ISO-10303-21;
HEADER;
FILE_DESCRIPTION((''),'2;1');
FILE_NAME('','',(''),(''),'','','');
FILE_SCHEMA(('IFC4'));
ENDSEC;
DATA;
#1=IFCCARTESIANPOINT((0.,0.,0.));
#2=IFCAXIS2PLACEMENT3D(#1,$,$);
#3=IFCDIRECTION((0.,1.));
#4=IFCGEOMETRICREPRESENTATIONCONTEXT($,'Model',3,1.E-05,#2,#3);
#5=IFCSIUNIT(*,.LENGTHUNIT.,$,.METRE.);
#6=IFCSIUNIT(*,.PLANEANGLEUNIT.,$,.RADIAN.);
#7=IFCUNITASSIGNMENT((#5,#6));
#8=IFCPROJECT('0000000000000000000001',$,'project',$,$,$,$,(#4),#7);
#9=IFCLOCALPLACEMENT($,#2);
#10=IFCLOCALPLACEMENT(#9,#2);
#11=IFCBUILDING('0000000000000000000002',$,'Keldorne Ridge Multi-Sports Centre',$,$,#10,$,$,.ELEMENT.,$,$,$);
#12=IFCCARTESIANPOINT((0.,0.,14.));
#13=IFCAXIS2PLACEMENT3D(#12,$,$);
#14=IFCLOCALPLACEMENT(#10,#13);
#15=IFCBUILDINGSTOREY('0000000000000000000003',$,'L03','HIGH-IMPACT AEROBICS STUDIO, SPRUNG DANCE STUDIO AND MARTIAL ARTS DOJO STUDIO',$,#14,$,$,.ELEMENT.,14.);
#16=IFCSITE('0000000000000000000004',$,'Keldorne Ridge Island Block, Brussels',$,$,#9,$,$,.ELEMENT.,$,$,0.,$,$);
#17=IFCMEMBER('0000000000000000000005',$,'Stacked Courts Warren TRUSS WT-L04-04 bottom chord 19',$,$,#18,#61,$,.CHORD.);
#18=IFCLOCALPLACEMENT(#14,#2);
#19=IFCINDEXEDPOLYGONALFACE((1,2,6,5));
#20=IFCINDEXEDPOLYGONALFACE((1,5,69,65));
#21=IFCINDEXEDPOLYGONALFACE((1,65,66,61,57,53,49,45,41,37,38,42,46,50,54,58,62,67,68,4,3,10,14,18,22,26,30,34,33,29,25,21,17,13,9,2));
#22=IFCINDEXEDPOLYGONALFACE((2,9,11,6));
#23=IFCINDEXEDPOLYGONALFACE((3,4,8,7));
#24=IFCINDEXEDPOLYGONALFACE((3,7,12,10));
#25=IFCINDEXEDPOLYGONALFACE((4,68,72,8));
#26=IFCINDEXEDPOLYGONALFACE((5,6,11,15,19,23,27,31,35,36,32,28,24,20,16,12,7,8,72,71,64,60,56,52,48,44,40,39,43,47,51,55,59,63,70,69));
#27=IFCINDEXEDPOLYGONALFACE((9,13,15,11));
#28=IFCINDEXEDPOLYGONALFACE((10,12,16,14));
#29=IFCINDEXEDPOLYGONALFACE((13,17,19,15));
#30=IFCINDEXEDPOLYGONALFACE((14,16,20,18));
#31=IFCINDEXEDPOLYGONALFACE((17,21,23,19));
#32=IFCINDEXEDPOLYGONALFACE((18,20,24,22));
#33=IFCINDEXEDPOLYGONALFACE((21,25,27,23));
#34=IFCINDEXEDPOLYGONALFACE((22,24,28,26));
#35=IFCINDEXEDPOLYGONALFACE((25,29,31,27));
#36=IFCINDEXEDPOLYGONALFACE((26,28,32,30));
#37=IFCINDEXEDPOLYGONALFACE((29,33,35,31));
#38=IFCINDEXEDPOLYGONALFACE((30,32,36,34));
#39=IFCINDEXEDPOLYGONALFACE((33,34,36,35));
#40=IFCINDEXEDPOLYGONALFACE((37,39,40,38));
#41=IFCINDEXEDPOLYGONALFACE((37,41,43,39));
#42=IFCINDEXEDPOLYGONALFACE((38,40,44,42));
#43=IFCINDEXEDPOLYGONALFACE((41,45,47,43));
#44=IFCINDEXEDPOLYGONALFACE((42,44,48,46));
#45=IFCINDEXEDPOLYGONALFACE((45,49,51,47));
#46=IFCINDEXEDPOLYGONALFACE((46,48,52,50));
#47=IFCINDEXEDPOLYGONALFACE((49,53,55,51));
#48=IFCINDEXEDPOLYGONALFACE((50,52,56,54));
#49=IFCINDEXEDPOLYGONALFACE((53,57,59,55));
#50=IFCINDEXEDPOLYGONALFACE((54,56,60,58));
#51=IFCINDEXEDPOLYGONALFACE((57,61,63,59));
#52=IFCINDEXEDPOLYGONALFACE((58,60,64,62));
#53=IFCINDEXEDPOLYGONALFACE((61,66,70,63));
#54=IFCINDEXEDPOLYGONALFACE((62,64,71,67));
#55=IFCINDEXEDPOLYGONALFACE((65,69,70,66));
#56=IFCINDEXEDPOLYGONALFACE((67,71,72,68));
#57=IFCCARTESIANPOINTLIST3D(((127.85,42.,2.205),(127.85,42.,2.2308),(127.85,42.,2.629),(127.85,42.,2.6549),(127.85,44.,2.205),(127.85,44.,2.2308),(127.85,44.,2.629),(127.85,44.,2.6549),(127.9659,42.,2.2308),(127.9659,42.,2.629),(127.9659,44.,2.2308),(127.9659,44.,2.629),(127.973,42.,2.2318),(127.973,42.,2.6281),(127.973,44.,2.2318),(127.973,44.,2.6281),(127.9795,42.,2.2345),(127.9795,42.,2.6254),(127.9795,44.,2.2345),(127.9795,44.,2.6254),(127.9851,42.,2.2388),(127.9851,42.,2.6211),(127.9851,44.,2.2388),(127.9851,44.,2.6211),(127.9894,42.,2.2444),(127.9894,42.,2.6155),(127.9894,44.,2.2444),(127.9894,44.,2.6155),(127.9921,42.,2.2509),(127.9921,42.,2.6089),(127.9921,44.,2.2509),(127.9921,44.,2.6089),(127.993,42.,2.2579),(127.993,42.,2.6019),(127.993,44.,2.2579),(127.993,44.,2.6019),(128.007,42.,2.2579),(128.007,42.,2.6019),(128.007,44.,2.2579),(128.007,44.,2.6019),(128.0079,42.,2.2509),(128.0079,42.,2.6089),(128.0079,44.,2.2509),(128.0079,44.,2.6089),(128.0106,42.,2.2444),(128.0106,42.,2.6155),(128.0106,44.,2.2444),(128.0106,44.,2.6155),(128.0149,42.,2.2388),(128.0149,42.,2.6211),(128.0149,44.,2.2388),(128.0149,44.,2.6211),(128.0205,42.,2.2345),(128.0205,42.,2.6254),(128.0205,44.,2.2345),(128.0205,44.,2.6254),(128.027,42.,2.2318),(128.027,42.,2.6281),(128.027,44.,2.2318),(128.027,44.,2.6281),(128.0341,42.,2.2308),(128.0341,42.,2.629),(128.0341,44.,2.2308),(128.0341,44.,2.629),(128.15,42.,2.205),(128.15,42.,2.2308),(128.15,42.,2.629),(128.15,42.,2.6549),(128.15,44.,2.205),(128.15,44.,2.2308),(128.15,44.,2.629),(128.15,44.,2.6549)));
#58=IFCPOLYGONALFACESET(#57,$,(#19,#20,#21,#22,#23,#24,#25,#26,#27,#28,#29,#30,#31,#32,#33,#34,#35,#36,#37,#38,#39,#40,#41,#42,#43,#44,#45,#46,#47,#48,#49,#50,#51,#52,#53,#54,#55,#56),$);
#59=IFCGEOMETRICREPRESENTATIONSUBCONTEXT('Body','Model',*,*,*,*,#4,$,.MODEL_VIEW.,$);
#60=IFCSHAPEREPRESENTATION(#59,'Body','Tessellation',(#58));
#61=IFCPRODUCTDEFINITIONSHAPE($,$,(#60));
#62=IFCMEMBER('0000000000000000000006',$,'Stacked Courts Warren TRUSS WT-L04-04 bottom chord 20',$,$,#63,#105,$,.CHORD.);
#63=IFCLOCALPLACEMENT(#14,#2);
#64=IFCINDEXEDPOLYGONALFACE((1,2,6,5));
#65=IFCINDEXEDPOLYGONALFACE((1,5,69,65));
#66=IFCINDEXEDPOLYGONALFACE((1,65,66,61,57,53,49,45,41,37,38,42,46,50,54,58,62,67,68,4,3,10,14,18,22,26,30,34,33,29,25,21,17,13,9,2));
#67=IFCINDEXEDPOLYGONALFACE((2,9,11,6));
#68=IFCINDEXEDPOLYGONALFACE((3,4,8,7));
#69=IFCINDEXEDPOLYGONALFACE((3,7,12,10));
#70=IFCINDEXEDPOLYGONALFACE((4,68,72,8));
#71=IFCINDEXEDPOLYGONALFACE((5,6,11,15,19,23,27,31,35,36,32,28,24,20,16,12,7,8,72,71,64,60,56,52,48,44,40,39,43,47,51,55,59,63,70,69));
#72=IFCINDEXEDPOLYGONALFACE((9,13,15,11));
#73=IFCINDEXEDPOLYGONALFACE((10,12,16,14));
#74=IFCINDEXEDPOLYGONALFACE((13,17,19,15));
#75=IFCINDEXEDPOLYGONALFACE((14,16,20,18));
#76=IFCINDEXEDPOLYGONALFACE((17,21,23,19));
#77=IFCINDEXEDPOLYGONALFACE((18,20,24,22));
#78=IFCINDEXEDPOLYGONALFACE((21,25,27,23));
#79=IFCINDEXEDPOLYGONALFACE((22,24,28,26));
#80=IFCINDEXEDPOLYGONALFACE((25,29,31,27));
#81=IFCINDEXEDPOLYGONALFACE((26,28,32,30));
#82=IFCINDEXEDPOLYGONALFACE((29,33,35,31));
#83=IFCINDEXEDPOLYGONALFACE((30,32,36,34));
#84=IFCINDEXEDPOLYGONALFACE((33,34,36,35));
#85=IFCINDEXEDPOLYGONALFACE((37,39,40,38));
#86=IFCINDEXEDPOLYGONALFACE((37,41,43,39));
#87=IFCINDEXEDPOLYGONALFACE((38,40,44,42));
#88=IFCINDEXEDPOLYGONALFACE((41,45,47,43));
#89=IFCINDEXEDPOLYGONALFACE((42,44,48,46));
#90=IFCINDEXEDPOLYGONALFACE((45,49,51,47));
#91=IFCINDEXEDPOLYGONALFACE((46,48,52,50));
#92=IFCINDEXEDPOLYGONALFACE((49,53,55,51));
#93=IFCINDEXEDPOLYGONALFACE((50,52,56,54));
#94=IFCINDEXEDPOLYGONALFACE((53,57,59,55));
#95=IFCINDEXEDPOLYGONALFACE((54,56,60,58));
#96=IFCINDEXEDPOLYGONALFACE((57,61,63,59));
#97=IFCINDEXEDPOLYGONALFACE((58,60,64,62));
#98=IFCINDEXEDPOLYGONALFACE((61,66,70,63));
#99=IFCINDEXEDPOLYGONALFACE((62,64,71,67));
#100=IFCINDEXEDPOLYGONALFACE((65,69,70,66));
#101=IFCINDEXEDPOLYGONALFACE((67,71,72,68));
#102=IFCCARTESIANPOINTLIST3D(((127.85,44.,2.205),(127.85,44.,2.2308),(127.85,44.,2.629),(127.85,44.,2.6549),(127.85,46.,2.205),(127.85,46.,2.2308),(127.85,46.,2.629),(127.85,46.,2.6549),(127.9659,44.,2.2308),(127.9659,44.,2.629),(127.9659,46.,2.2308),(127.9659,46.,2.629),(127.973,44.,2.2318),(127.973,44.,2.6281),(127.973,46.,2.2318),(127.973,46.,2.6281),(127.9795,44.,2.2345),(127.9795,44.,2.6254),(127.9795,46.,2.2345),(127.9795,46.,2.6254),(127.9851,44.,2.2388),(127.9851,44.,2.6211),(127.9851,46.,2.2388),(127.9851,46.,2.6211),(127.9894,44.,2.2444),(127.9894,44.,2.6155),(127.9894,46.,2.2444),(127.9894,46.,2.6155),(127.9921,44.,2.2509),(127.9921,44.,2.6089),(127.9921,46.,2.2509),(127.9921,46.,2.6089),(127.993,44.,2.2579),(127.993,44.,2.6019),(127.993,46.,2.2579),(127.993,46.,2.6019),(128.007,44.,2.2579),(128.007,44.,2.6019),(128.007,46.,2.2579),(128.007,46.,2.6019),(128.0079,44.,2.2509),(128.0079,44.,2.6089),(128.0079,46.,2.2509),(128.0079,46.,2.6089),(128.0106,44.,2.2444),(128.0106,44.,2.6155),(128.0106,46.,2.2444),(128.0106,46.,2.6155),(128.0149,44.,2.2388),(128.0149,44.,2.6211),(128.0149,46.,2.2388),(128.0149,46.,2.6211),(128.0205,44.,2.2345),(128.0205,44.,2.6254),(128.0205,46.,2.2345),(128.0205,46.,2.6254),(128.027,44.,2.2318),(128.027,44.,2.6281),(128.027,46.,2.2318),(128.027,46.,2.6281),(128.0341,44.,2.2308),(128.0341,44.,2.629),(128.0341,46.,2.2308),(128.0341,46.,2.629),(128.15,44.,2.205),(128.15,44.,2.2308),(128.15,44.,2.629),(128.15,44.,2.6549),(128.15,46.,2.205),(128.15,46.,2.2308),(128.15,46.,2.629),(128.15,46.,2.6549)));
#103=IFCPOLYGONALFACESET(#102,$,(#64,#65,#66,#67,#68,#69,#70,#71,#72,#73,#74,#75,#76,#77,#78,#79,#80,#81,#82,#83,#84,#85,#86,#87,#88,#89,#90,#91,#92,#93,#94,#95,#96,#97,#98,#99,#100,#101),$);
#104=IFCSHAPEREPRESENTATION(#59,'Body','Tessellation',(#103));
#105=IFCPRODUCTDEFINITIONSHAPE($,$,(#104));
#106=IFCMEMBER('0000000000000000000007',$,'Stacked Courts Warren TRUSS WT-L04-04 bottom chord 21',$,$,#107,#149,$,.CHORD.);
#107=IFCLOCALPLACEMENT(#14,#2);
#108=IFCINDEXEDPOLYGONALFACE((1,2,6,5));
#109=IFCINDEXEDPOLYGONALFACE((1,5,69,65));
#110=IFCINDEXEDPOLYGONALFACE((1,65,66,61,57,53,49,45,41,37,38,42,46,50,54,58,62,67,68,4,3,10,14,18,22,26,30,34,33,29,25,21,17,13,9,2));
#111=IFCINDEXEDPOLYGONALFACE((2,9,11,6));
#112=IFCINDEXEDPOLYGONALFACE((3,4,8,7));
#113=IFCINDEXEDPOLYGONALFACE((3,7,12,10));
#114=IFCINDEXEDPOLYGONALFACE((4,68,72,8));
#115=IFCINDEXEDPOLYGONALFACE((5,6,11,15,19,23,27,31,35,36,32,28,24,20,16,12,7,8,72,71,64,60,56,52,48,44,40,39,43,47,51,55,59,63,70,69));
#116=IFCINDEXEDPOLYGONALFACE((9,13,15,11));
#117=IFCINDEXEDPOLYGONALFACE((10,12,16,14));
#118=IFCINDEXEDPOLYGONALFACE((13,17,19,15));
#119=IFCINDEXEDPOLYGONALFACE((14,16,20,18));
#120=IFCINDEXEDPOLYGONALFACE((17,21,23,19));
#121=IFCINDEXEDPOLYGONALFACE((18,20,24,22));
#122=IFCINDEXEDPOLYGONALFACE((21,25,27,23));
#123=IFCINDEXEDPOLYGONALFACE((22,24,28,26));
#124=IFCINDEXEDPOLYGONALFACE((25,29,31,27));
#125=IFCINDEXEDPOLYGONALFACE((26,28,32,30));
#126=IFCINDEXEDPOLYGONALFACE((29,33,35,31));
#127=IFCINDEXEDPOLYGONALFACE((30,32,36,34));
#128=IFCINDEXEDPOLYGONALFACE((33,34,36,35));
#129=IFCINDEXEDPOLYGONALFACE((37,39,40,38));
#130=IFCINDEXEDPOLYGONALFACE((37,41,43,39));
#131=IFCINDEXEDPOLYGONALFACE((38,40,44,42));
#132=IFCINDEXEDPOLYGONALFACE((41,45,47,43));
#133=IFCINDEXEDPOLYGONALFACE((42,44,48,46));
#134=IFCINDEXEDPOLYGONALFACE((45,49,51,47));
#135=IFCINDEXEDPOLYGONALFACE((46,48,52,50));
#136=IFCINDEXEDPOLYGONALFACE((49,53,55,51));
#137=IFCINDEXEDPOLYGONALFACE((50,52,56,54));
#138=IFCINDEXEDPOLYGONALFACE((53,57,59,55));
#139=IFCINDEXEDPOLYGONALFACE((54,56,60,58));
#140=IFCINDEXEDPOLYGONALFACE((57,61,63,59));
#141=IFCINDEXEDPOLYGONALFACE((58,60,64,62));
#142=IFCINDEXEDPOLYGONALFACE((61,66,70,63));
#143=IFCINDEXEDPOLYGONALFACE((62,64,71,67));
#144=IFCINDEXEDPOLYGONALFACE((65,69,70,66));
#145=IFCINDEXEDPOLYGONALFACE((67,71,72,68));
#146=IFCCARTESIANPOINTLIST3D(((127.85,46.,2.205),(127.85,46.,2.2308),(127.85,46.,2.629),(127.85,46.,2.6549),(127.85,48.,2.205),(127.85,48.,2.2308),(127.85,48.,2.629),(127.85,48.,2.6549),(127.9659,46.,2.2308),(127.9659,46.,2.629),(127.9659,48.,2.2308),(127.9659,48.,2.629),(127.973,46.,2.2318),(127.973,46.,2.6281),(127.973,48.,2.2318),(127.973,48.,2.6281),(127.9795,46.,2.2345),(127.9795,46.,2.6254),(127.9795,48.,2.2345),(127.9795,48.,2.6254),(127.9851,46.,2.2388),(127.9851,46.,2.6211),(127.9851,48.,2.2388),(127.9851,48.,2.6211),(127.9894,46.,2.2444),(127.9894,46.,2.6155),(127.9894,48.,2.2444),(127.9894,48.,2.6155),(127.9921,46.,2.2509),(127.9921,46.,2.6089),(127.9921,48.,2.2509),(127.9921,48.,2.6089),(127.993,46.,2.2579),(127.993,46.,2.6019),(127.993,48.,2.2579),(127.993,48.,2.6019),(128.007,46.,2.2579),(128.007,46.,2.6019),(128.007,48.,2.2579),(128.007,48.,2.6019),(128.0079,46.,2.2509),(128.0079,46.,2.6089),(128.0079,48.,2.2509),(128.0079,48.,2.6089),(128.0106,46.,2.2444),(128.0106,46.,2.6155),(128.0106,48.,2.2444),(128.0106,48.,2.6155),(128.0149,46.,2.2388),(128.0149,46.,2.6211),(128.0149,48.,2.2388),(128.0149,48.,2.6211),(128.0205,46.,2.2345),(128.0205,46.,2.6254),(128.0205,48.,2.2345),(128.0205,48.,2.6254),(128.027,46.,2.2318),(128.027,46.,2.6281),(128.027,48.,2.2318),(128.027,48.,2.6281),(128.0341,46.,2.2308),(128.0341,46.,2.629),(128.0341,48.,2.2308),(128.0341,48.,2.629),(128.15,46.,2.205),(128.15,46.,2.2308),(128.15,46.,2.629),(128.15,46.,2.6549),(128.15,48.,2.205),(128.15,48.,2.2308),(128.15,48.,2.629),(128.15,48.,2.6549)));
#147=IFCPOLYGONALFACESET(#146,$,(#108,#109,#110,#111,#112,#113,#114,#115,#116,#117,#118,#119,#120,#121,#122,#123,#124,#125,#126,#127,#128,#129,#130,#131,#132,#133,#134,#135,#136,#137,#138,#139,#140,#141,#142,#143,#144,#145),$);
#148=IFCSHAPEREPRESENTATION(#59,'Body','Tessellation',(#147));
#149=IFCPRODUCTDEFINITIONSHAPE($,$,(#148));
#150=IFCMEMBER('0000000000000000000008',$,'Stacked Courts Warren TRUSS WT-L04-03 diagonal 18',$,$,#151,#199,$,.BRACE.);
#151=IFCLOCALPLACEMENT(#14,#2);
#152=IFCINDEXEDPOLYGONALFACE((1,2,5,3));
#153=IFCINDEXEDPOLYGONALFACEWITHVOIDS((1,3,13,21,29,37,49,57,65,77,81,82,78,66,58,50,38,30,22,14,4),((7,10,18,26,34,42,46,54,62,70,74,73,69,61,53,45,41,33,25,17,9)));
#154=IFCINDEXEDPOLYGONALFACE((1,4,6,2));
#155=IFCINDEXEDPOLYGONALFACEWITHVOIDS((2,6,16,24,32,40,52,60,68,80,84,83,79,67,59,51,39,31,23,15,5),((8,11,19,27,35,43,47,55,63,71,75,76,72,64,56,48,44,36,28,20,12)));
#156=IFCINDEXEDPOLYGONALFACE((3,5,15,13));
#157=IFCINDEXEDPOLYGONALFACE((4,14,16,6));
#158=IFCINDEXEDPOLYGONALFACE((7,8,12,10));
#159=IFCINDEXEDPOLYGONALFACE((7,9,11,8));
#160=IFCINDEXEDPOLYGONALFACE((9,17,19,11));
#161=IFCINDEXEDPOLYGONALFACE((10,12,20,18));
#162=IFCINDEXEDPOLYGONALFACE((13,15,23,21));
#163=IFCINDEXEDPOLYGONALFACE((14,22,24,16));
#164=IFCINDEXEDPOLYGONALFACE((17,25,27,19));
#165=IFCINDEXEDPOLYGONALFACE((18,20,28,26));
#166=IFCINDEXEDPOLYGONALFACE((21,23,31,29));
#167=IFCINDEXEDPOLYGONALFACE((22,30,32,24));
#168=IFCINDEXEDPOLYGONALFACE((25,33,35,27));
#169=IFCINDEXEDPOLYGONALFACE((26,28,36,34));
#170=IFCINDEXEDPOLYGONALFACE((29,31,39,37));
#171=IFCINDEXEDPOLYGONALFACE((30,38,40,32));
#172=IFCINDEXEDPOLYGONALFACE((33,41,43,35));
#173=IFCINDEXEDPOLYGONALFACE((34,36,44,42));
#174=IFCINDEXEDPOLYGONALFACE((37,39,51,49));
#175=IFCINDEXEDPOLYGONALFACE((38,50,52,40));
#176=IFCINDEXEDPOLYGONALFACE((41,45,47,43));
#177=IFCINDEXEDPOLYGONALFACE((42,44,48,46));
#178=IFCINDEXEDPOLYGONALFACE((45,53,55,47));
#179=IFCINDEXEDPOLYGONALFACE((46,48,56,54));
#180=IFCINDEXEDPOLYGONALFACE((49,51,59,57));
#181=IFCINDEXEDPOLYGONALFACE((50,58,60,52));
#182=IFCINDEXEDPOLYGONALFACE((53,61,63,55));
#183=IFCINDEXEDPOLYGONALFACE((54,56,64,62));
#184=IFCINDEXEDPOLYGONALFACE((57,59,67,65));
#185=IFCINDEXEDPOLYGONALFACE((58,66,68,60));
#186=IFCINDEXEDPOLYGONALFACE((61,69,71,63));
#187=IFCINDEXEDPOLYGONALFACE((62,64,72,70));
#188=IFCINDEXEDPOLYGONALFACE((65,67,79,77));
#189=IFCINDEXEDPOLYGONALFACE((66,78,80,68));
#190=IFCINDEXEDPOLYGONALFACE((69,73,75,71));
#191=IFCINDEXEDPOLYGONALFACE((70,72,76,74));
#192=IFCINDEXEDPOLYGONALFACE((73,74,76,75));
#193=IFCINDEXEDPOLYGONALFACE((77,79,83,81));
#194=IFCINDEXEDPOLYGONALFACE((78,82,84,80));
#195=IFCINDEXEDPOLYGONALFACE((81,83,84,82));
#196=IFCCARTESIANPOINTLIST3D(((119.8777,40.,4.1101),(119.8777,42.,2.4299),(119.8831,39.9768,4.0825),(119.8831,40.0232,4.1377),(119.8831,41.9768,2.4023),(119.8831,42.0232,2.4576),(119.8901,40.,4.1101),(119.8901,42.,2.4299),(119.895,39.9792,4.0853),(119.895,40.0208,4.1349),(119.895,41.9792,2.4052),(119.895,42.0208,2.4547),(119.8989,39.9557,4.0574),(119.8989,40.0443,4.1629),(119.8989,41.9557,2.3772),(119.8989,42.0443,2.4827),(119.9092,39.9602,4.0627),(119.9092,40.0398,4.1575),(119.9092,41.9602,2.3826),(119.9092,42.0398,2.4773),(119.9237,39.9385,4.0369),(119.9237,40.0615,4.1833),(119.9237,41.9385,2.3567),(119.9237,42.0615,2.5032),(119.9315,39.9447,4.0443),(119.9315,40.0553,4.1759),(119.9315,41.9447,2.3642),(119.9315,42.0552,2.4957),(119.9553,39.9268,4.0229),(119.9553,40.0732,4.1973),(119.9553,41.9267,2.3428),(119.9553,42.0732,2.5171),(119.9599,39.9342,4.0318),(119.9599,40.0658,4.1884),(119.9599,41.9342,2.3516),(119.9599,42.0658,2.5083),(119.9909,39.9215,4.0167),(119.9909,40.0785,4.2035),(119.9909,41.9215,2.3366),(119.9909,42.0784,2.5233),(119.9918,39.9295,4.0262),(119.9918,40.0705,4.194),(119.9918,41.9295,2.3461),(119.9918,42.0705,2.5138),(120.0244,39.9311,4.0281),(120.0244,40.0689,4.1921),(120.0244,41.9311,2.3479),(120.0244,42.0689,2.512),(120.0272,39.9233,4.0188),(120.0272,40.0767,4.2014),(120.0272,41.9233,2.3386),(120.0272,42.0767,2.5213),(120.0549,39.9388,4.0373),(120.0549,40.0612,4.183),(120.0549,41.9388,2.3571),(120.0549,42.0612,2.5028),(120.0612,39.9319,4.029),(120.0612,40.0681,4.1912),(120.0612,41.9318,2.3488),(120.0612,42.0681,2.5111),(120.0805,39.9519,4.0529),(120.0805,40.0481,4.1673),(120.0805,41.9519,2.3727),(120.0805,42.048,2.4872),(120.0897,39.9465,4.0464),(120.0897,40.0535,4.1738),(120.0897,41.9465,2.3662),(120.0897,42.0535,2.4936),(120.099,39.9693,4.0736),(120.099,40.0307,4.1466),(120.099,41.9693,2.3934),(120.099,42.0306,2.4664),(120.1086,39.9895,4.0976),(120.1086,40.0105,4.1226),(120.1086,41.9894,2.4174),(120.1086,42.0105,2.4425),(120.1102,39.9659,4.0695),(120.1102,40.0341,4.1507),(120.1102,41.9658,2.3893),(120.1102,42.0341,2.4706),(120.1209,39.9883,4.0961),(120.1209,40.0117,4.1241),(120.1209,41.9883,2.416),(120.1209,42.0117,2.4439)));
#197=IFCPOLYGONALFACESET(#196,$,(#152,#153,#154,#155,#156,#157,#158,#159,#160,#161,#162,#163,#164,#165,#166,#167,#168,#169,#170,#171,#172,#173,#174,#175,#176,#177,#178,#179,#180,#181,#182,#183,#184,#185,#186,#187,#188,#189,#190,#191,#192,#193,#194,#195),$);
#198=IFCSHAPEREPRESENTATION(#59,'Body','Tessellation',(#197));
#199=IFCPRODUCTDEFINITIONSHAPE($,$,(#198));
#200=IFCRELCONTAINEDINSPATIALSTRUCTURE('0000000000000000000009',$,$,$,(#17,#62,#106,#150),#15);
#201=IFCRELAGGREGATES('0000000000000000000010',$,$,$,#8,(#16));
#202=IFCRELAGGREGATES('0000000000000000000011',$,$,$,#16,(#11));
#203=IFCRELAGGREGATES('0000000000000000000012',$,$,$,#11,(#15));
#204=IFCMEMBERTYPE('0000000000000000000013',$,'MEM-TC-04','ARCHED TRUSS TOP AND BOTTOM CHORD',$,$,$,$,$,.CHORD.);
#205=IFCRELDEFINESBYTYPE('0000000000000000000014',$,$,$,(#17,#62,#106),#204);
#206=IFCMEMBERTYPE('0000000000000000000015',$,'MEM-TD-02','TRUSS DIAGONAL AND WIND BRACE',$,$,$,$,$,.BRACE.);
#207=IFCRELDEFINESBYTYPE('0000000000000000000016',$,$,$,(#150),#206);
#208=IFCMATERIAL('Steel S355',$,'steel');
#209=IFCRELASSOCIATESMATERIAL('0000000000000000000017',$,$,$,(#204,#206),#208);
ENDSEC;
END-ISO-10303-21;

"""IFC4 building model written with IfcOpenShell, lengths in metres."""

from ifc_helpers import new_model, si_unit, direction, frame, origin, origin_2d, place, context, subcontext, project, spatial, hollow_circle, i_section, extrude, material, material_profile, profile_set, type_object, element, save


model = new_model("IFC4")

# Units and contexts
model_context = context("Model", 3, precision=1e-05, world=origin(), true_north=direction((0.0, 1.0)))
body_context = subcontext(model_context, "Body", "Model", "MODEL_VIEW")
ifc_project = project(units=[si_unit("LENGTHUNIT", "METRE"), si_unit("PLANEANGLEUNIT", "RADIAN")], contexts=[model_context])

# Site, building, storey
site_placement = place(None, origin())
site = spatial("IfcSite", under=ifc_project, at=site_placement, Name="Keldorne Ridge Island Block, Brussels", CompositionType="ELEMENT", RefElevation=0.0)
building_placement = place(site_placement, origin())
building = spatial("IfcBuilding", under=site, at=building_placement, Name="Keldorne Ridge Multi-Sports Centre", CompositionType="ELEMENT")
storey_placement = place(building_placement, frame((0.0, 0.0, 14.0)))
storey = spatial("IfcBuildingStorey", under=building, at=storey_placement, Name="L03", Description="HIGH-IMPACT AEROBICS STUDIO, SPRUNG DANCE STUDIO AND MARTIAL ARTS DOJO STUDIO", CompositionType="ELEMENT", Elevation=14.0)

# Members
ifc_material = material(Name="Steel S355", Category="steel")
ifc_material_profile_1 = material_profile(ifc_material, i_section(OverallWidth=0.3, OverallDepth=0.45, WebThickness=0.0139, FlangeThickness=0.0259, FilletRadius=0.0271, at=origin_2d()), Name="HEB 450")
ifc_profile_set_1 = profile_set([ifc_material_profile_1], Name="Steel S355")
member_type_1 = type_object("IfcMemberType", Name="MEM-TC-04", Description="ARCHED TRUSS TOP AND BOTTOM CHORD", PredefinedType="CHORD", material=ifc_profile_set_1)
for number, where, z_axis, x_axis, name in (
    (1, (128.0, 42.0, 2.4299), (0.0, 1.0, 0.0), (-1.0, 0.0, 0.0), "Stacked Courts Warren TRUSS WT-L04-04 bottom chord 19"),
    (2, (128.0, 44.0, 2.4299), (0.0, 1.0, 0.0), (-1.0, 0.0, 0.0), "Stacked Courts Warren TRUSS WT-L04-04 bottom chord 20"),
    (3, (128.0, 46.0, 2.4299), (0.0, 1.0, 0.0), (-1.0, 0.0, 0.0), "Stacked Courts Warren TRUSS WT-L04-04 bottom chord 21"),
):
    element("IfcMember", number, at=place(storey_placement, frame(where, z_axis=z_axis, x_axis=x_axis)), inside=storey, type_object=member_type_1, Name=name, PredefinedType="CHORD", context=body_context, shape_type="SweptSolid", body=[
        extrude(i_section(OverallWidth=0.3, OverallDepth=0.45, WebThickness=0.0139, FlangeThickness=0.0259, FilletRadius=0.0271, at=origin_2d()), origin(), (0.0, 0.0, 1.0), 2.0),
    ])
ifc_material_profile_2 = material_profile(ifc_material, hollow_circle(Radius=0.1223, WallThickness=0.0125, at=origin_2d()), Name="CHS 244.5x12.5")
ifc_profile_set_2 = profile_set([ifc_material_profile_2], Name="Steel S355")
member_type_2 = type_object("IfcMemberType", Name="MEM-TD-02", Description="TRUSS DIAGONAL AND WIND BRACE", PredefinedType="BRACE", material=ifc_profile_set_2)
for number, where, z_axis, x_axis, name in (
    (4, (120.0, 40.0, 4.1101), (0.0, 0.765672, -0.643232), (-1.0, 0.0, 0.0), "Stacked Courts Warren TRUSS WT-L04-03 diagonal 18"),
):
    element("IfcMember", number, at=place(storey_placement, frame(where, z_axis=z_axis, x_axis=x_axis)), inside=storey, type_object=member_type_2, Name=name, PredefinedType="BRACE", context=body_context, shape_type="SweptSolid", body=[
        extrude(hollow_circle(Radius=0.1223, WallThickness=0.0125, at=origin_2d()), origin(), (0.0, 0.0, 1.0), 2.6121),
    ])

save(model, "model.ifc")
